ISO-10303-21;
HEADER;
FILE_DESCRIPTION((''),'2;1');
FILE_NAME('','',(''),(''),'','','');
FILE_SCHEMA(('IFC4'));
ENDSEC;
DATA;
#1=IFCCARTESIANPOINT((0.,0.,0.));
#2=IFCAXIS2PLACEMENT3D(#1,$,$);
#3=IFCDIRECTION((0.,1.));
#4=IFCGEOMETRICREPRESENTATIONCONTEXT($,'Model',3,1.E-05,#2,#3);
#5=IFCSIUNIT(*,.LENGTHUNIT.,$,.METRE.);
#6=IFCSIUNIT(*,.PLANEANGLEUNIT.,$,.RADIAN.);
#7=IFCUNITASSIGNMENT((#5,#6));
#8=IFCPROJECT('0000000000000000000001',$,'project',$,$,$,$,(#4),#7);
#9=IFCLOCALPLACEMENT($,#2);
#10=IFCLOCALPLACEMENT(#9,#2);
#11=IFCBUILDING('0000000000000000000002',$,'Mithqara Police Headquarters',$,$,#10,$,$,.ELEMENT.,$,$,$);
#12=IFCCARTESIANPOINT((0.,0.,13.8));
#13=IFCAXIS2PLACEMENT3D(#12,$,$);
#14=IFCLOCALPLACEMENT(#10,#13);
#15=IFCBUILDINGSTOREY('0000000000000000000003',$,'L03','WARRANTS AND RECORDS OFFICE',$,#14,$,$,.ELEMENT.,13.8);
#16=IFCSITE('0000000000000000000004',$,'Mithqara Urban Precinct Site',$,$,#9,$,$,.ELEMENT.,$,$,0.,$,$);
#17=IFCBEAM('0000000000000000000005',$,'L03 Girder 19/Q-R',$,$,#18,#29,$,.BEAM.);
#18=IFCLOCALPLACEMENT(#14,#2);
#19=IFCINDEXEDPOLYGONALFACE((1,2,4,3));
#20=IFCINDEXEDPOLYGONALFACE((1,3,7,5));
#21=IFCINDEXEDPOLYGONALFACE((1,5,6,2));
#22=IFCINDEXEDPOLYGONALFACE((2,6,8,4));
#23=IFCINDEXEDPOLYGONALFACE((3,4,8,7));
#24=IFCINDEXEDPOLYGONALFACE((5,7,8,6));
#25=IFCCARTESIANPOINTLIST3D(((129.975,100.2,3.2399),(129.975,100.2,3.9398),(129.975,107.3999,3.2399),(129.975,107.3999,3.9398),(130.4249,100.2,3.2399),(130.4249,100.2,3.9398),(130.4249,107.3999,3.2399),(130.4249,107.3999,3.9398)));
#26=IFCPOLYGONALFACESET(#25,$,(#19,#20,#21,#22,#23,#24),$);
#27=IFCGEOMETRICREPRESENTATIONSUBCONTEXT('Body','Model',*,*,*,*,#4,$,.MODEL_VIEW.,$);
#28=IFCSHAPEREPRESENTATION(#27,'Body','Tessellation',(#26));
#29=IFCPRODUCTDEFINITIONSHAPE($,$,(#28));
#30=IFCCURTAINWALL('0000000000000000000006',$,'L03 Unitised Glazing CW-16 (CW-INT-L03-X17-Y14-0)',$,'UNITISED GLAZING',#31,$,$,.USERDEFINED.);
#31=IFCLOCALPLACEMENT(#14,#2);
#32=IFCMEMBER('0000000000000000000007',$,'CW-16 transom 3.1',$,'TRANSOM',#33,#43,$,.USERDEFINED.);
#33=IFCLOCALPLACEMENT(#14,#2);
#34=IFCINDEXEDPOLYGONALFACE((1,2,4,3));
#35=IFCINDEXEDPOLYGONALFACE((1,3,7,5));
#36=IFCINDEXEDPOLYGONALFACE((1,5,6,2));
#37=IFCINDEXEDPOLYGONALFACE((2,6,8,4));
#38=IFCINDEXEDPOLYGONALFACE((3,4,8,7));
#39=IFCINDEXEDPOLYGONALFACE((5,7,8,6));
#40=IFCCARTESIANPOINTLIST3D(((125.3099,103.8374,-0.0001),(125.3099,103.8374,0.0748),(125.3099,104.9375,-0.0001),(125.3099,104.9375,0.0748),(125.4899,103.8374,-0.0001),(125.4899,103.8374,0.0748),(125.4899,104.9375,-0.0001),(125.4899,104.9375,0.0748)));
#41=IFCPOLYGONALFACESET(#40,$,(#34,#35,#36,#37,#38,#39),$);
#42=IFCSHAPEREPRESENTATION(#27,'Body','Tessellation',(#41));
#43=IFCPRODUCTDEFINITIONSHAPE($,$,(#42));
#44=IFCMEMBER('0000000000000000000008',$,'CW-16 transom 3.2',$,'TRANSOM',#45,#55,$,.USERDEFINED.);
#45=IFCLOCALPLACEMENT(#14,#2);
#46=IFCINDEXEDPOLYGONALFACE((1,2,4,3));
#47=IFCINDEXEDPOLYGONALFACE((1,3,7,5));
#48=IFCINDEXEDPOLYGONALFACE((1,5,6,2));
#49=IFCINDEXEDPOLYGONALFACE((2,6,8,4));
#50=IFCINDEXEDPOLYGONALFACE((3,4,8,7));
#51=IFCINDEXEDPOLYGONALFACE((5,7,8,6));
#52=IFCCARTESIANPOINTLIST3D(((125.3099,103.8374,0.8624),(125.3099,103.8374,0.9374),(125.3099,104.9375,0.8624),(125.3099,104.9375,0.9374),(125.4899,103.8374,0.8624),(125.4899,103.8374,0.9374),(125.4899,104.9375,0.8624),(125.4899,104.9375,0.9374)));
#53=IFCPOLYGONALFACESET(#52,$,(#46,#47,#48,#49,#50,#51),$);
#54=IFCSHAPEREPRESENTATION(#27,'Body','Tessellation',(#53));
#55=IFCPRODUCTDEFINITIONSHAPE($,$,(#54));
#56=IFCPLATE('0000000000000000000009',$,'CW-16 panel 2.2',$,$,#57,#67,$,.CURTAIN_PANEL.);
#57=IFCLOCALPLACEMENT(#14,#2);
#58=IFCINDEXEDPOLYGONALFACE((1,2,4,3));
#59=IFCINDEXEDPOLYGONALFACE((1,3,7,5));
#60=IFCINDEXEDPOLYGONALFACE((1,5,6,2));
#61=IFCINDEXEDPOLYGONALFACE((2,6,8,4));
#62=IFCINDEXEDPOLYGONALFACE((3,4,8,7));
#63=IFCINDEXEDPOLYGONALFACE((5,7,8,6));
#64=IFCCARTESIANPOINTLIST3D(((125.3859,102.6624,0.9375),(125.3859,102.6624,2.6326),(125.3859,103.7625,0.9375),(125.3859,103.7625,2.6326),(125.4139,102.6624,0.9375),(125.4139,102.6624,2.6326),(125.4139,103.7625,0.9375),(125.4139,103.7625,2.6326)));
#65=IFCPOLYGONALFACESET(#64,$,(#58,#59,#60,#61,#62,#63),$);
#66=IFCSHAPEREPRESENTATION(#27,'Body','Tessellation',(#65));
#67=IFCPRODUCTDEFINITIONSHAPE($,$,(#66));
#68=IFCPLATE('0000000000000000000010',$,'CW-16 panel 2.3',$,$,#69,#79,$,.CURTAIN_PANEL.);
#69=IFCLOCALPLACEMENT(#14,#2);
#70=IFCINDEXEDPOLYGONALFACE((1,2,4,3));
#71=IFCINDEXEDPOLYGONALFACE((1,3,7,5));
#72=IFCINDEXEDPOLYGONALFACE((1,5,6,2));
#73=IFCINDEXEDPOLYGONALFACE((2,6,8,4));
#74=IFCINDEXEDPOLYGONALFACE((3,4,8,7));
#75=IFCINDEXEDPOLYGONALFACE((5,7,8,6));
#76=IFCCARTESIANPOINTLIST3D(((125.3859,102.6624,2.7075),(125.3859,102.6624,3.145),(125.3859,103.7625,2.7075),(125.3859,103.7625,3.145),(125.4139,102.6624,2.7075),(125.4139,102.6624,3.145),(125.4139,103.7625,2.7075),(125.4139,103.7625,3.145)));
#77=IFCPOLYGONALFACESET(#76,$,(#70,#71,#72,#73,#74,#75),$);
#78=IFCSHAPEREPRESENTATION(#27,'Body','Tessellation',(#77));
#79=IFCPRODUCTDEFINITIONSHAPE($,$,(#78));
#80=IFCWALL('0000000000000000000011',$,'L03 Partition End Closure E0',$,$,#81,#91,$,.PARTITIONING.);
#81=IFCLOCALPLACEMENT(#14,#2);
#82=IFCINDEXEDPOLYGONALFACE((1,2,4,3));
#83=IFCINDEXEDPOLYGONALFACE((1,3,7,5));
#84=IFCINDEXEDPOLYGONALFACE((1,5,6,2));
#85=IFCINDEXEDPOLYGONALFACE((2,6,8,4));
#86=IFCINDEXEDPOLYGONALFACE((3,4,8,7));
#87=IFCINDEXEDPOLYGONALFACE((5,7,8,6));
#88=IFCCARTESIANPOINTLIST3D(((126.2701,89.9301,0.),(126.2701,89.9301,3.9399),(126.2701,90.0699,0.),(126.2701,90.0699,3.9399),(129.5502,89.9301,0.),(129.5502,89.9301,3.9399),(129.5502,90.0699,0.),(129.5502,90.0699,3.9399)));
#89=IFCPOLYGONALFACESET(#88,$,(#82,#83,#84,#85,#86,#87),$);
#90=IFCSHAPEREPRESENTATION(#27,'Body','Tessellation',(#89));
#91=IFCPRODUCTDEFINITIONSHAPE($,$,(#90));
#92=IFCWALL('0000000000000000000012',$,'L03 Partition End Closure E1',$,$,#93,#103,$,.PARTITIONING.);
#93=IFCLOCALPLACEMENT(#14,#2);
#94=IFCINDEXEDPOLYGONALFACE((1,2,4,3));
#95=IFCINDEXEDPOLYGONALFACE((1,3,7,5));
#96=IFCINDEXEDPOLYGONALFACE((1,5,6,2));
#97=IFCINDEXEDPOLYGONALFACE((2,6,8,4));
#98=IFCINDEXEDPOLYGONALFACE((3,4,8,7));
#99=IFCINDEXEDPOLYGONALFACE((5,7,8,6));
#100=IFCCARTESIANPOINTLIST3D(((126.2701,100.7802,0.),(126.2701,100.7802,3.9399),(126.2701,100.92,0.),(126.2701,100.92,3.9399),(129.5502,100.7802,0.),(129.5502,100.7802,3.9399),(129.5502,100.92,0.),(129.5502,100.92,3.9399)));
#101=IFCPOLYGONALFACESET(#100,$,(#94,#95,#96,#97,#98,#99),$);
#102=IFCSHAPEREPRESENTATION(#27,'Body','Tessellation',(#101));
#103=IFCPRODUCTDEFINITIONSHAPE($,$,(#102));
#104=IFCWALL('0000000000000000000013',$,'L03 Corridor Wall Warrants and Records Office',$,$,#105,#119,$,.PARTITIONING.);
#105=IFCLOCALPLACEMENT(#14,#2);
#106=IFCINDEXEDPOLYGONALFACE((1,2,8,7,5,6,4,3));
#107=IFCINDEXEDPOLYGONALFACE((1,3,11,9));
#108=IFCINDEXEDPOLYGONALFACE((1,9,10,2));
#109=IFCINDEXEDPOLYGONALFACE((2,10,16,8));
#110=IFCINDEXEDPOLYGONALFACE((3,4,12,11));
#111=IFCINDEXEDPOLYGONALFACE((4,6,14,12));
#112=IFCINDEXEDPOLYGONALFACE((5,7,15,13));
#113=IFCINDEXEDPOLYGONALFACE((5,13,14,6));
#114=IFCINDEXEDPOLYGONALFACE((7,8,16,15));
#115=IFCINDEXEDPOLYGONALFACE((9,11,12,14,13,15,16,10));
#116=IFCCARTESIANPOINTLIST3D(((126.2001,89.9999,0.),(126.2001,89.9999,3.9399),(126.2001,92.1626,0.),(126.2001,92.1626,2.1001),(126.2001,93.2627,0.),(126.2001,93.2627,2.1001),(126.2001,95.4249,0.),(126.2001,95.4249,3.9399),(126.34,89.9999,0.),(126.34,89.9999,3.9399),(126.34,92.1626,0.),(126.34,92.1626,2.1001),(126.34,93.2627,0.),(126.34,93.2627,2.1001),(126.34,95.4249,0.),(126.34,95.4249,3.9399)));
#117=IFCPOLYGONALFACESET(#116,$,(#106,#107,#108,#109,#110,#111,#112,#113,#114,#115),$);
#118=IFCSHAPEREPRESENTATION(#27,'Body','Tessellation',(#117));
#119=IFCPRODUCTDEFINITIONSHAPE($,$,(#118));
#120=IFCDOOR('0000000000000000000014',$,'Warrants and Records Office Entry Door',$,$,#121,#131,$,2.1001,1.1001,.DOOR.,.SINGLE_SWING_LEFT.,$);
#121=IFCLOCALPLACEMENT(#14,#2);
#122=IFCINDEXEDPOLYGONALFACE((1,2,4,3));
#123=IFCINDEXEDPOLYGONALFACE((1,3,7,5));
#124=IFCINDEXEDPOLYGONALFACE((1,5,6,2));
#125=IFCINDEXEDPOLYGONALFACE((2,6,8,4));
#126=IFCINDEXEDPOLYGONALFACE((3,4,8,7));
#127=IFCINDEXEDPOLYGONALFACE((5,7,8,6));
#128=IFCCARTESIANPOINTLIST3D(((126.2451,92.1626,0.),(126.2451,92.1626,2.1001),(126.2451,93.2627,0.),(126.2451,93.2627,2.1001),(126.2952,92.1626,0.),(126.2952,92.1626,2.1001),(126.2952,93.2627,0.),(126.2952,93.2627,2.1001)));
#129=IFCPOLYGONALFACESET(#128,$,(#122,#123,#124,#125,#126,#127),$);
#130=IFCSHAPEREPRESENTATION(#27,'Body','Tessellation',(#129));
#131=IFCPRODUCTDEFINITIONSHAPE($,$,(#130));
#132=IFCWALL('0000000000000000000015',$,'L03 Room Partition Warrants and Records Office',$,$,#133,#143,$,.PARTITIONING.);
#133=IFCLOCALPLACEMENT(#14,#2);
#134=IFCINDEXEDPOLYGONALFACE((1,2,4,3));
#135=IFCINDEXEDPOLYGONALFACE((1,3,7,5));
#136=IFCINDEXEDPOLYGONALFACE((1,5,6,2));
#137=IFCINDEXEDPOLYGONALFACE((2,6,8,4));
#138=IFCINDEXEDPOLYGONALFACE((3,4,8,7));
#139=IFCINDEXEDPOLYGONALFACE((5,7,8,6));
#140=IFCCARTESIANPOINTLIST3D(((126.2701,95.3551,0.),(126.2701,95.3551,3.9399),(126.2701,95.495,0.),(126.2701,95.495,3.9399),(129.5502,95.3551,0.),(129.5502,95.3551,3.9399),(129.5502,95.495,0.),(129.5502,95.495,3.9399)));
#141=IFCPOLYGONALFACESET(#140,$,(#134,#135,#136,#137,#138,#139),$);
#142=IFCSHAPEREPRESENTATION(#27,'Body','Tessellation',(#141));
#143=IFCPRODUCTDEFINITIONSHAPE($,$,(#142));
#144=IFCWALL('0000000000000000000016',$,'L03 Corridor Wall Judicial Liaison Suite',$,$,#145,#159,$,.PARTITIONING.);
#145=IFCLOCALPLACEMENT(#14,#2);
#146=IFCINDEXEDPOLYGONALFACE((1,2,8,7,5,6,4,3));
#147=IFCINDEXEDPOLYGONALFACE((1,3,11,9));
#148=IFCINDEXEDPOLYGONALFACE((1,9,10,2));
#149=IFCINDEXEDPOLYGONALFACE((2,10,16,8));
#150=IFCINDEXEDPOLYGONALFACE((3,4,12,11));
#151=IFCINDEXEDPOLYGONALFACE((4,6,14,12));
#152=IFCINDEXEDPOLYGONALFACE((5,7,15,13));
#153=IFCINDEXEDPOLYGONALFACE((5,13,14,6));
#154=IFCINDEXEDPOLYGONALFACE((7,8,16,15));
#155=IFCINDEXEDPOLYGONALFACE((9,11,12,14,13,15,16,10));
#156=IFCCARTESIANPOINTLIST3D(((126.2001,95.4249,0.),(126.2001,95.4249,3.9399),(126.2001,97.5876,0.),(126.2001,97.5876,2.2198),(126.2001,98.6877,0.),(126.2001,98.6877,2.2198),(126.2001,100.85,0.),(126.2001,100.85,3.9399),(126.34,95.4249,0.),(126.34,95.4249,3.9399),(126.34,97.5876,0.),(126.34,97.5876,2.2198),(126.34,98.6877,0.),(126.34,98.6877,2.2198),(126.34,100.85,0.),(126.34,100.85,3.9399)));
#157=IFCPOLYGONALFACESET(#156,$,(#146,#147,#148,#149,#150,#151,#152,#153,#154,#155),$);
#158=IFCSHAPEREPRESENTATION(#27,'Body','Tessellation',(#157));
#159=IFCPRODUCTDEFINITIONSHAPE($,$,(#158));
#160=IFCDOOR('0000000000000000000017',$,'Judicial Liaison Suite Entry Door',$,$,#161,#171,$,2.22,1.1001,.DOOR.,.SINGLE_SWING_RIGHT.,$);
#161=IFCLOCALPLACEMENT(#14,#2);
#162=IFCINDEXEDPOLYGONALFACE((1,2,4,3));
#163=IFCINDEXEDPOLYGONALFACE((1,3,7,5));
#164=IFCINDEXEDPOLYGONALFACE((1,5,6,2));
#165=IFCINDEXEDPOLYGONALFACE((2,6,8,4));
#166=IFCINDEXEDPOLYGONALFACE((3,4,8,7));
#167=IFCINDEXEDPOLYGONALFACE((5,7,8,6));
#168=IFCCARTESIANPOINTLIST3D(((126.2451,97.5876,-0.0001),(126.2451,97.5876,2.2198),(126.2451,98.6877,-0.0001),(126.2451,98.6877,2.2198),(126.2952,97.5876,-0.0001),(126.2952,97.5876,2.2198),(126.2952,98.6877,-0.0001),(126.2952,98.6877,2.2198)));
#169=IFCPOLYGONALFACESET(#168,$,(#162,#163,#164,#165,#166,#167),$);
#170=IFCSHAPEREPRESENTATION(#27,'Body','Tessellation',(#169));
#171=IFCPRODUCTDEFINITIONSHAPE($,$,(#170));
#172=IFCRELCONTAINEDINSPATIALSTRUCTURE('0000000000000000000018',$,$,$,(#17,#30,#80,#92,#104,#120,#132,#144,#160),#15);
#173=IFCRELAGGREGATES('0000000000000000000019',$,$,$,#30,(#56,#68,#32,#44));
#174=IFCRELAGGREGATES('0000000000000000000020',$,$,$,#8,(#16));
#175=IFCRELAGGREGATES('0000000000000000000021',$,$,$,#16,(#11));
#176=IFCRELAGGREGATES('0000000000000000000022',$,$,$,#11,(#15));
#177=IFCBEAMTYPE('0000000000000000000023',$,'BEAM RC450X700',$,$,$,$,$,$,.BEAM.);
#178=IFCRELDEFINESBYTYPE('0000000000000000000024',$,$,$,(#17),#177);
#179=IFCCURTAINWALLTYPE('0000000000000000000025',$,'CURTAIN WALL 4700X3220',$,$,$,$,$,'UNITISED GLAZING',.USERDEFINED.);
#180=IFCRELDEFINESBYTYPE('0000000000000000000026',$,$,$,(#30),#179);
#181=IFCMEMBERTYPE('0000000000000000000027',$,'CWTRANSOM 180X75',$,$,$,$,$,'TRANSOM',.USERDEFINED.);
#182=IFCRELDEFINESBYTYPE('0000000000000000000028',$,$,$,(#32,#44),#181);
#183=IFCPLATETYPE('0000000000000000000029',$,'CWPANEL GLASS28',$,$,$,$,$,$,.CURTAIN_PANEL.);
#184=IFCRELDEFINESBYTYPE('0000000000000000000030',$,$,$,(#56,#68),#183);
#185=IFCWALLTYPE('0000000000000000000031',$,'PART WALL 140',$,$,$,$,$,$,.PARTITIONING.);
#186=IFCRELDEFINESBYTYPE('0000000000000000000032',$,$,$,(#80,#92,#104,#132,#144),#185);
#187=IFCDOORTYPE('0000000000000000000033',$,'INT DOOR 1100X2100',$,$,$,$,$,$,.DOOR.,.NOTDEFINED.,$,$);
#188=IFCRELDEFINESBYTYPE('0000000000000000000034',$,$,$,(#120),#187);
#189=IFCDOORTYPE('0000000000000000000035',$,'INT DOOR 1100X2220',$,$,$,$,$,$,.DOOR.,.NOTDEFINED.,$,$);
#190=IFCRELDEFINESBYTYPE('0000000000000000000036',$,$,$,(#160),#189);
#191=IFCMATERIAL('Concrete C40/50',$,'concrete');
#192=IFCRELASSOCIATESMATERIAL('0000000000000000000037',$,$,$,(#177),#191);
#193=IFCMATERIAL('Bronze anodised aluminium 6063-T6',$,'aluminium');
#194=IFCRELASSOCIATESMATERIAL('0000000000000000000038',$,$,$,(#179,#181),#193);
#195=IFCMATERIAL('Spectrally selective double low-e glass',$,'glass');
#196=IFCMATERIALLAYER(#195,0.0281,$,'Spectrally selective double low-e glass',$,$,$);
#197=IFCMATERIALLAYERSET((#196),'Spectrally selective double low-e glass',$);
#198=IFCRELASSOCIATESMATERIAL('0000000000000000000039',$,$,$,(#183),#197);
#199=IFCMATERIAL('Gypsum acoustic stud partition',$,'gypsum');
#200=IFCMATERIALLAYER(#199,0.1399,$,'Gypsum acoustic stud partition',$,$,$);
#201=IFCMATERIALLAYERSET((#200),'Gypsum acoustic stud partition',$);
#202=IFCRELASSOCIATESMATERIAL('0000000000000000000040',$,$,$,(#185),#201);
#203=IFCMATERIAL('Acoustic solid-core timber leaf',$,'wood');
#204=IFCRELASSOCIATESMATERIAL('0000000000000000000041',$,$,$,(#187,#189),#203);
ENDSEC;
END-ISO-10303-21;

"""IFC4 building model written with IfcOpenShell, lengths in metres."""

from ifc_helpers import new_model, si_unit, direction, frame, frame_2d, origin, origin_2d, place, context, subcontext, project, spatial, rectangle, extrude, material, layer, layer_set, material_profile, profile_set, type_object, element, fill, aggregate, save


model = new_model("IFC4")

# Units and contexts
model_context = context("Model", 3, precision=1e-05, world=origin(), true_north=direction((0.0, 1.0)))
body_context = subcontext(model_context, "Body", "Model", "MODEL_VIEW")
ifc_project = project(units=[si_unit("LENGTHUNIT", "METRE"), si_unit("PLANEANGLEUNIT", "RADIAN")], contexts=[model_context])

# Site, building, storey
site_placement = place(None, origin())
site = spatial("IfcSite", under=ifc_project, at=site_placement, Name="Mithqara Urban Precinct Site", CompositionType="ELEMENT", RefElevation=0.0)
building_placement = place(site_placement, origin())
building = spatial("IfcBuilding", under=site, at=building_placement, Name="Mithqara Police Headquarters", CompositionType="ELEMENT")
storey_placement = place(building_placement, frame((0.0, 0.0, 13.8)))
storey = spatial("IfcBuildingStorey", under=building, at=storey_placement, Name="L03", Description="WARRANTS AND RECORDS OFFICE", CompositionType="ELEMENT", Elevation=13.8)

# Beam
ifc_material_1 = material(Name="Concrete C40/50", Category="concrete")
ifc_material_profile_1 = material_profile(ifc_material_1, rectangle(XDim=0.45, YDim=0.7, at=origin_2d()), Name="RC 450x700")
ifc_profile_set_1 = profile_set([ifc_material_profile_1], Name="Concrete C40/50")
beam_type_1 = type_object("IfcBeamType", Name="BEAM RC450X700", PredefinedType="BEAM", material=ifc_profile_set_1)
beam_1_placement = place(storey_placement, frame((130.2, 100.2, 3.5898), z_axis=(0.0, 1.0, 0.0), x_axis=(-1.0, 0.0, 0.0)))
element("IfcBeam", 1, at=beam_1_placement, inside=storey, type_object=beam_type_1, Name="L03 Girder 19/Q-R", PredefinedType="BEAM", context=body_context, shape_type="SweptSolid", body=[
    extrude(rectangle(XDim=0.45, YDim=0.7, at=origin_2d()), origin(), (0.0, 0.0, 1.0), 7.2),
])

# Curtain wall, members, plates
ifc_material_2 = material(Name="Bronze anodised aluminium 6063-T6", Category="aluminium")
curtain_wall_type = type_object("IfcCurtainWallType", Name="CURTAIN WALL 4700X3220", ElementType="UNITISED GLAZING", PredefinedType="USERDEFINED", material=ifc_material_2)
curtain_wall_placement = place(storey_placement, origin())
curtain_wall = element("IfcCurtainWall", 2, at=curtain_wall_placement, inside=storey, type_object=curtain_wall_type, Name="L03 Unitised Glazing CW-16 (CW-INT-L03-X17-Y14-0)", ObjectType="UNITISED GLAZING", PredefinedType="USERDEFINED")
ifc_material_profile_2 = material_profile(ifc_material_2, rectangle(XDim=0.1799, YDim=0.075, at=origin_2d()), Name="CWT 180x75")
ifc_profile_set_2 = profile_set([ifc_material_profile_2], Name="Bronze anodised aluminium 6063-T6")
member_type = type_object("IfcMemberType", Name="CWTRANSOM 180X75", ElementType="TRANSOM", PredefinedType="USERDEFINED", material=ifc_profile_set_2)
member_1_placement = place(storey_placement, frame((125.3999, 103.8374, 0.0374), z_axis=(0.0, 1.0, 0.0), x_axis=(-1.0, 0.0, 0.0)))
member_1 = element("IfcMember", 3, at=member_1_placement, type_object=member_type, Name="CW-16 transom 3.1", ObjectType="TRANSOM", PredefinedType="USERDEFINED", context=body_context, shape_type="SweptSolid", body=[
    extrude(rectangle(XDim=0.1799, YDim=0.075, at=origin_2d()), origin(), (0.0, 0.0, 1.0), 1.1001),
])
member_2_placement = place(storey_placement, frame((125.3999, 103.8374, 0.8999), z_axis=(0.0, 1.0, 0.0), x_axis=(-1.0, 0.0, 0.0)))
member_2 = element("IfcMember", 4, at=member_2_placement, type_object=member_type, Name="CW-16 transom 3.2", ObjectType="TRANSOM", PredefinedType="USERDEFINED", context=body_context, shape_type="SweptSolid", body=[
    extrude(rectangle(XDim=0.1799, YDim=0.075, at=origin_2d()), origin(), (0.0, 0.0, 1.0), 1.1001),
])
ifc_material_3 = material(Name="Spectrally selective double low-e glass", Category="glass")
ifc_layer_1 = layer(ifc_material_3, 0.0281, Name="Spectrally selective double low-e glass")
ifc_layer_set_1 = layer_set([ifc_layer_1], Name="Spectrally selective double low-e glass")
plate_type = type_object("IfcPlateType", Name="CWPANEL GLASS28", PredefinedType="CURTAIN_PANEL", material=ifc_layer_set_1)
plate_1_placement = place(storey_placement, frame((125.3999, 103.2124, 0.9375), z_axis=(0.0, 0.0, 1.0), x_axis=(0.0, 1.0, 0.0)))
plate_1 = element("IfcPlate", 5, at=plate_1_placement, type_object=plate_type, Name="CW-16 panel 2.2", PredefinedType="CURTAIN_PANEL", context=body_context, shape_type="SweptSolid", body=[
    extrude(rectangle(XDim=1.1001, YDim=0.0281, at=origin_2d()), origin(), (0.0, 0.0, 1.0), 1.6951),
])
plate_2_placement = place(storey_placement, frame((125.3999, 103.2124, 2.7075), z_axis=(0.0, 0.0, 1.0), x_axis=(0.0, 1.0, 0.0)))
plate_2 = element("IfcPlate", 6, at=plate_2_placement, type_object=plate_type, Name="CW-16 panel 2.3", PredefinedType="CURTAIN_PANEL", context=body_context, shape_type="SweptSolid", body=[
    extrude(rectangle(XDim=1.1001, YDim=0.0281, at=origin_2d()), origin(), (0.0, 0.0, 1.0), 0.4375),
])
aggregate(curtain_wall, [plate_1, plate_2, member_1, member_2])

# Walls
ifc_material_4 = material(Name="Gypsum acoustic stud partition", Category="gypsum")
ifc_layer_2 = layer(ifc_material_4, 0.1399, Name="Gypsum acoustic stud partition")
ifc_layer_set_2 = layer_set([ifc_layer_2], Name="Gypsum acoustic stud partition")
wall_type_1 = type_object("IfcWallType", Name="PART WALL 140", PredefinedType="PARTITIONING", material=ifc_layer_set_2)
for number, where, z_axis, x_axis, name in (
    (7, (126.27, 90.0, 0.0), (0.0, 0.0, 1.0), (1.0, 0.0, 0.0), "L03 Partition End Closure E0"),
    (8, (126.27, 100.8501, 0.0), (0.0, 0.0, 1.0), (1.0, 0.0, 0.0), "L03 Partition End Closure E1"),
):
    element("IfcWall", number, at=place(storey_placement, frame(where, z_axis=z_axis, x_axis=x_axis)), inside=storey, type_object=wall_type_1, Name=name, PredefinedType="PARTITIONING", context=body_context, shape_type="SweptSolid", body=[
        extrude(rectangle(XDim=3.28, YDim=0.1399, at=frame_2d((1.6401, 0.0))), origin(), (0.0, 0.0, 1.0), 3.9399),
    ])

# Wall, opening, door
wall_1_placement = place(storey_placement, frame((126.27, 90.0, 0.0), z_axis=(0.0, 0.0, 1.0), x_axis=(0.0, 1.0, 0.0)))
wall_1 = element("IfcWall", 9, at=wall_1_placement, inside=storey, type_object=wall_type_1, Name="L03 Corridor Wall Warrants and Records Office", PredefinedType="PARTITIONING", context=body_context, shape_type="SweptSolid", body=[
    extrude(rectangle(XDim=5.425, YDim=0.1399, at=frame_2d((2.7124, 0.0))), origin(), (0.0, 0.0, 1.0), 3.9399),
])
opening_1_placement = place(wall_1_placement, frame((2.1626, 0.0, 0.0)))
opening_1 = element("IfcOpeningElement", 10, at=opening_1_placement, cuts=wall_1, PredefinedType="OPENING", context=body_context, shape_type="SweptSolid", body=[
    extrude(rectangle(XDim=1.1001, YDim=2.1001, at=frame_2d((0.55, 1.05))), frame((0.0, 0.0801, 0.0), z_axis=(0.0, -1.0, 0.0), x_axis=(1.0, 0.0, 0.0)), (0.0, 0.0, 1.0), 0.1599),
])
ifc_material_5 = material(Name="Acoustic solid-core timber leaf", Category="wood")
door_type_1 = type_object("IfcDoorType", Name="INT DOOR 1100X2100", OperationType="NOTDEFINED", PredefinedType="DOOR", material=ifc_material_5)
door_1_placement = place(opening_1_placement, origin())
door_1 = element("IfcDoor", 11, at=door_1_placement, inside=storey, type_object=door_type_1, Name="Warrants and Records Office Entry Door", OperationType="SINGLE_SWING_LEFT", OverallHeight=2.1001, OverallWidth=1.1001, PredefinedType="DOOR", context=body_context, shape_type="SweptSolid", body=[
    extrude(rectangle(XDim=1.1001, YDim=2.1001, at=frame_2d((0.55, 1.05))), frame((0.0, 0.0249, 0.0), z_axis=(0.0, -1.0, 0.0), x_axis=(1.0, 0.0, 0.0)), (0.0, 0.0, 1.0), 0.05),
])
fill(opening_1, door_1)

# Wall
wall_2_placement = place(storey_placement, frame((126.27, 95.425, 0.0), z_axis=(0.0, 0.0, 1.0), x_axis=(1.0, 0.0, 0.0)))
element("IfcWall", 12, at=wall_2_placement, inside=storey, type_object=wall_type_1, Name="L03 Room Partition Warrants and Records Office", PredefinedType="PARTITIONING", context=body_context, shape_type="SweptSolid", body=[
    extrude(rectangle(XDim=3.28, YDim=0.1399, at=frame_2d((1.6401, 0.0))), origin(), (0.0, 0.0, 1.0), 3.9399),
])

# Wall, opening, door
wall_3_placement = place(storey_placement, frame((126.27, 95.425, 0.0), z_axis=(0.0, 0.0, 1.0), x_axis=(0.0, 1.0, 0.0)))
wall_3 = element("IfcWall", 13, at=wall_3_placement, inside=storey, type_object=wall_type_1, Name="L03 Corridor Wall Judicial Liaison Suite", PredefinedType="PARTITIONING", context=body_context, shape_type="SweptSolid", body=[
    extrude(rectangle(XDim=5.425, YDim=0.1399, at=frame_2d((2.7124, 0.0))), origin(), (0.0, 0.0, 1.0), 3.9399),
])
opening_2_placement = place(wall_3_placement, frame((2.1626, 0.0, 0.0)))
opening_2 = element("IfcOpeningElement", 14, at=opening_2_placement, cuts=wall_3, PredefinedType="OPENING", context=body_context, shape_type="SweptSolid", body=[
    extrude(rectangle(XDim=1.1001, YDim=2.22, at=frame_2d((0.55, 1.1099))), frame((0.0, 0.0801, 0.0), z_axis=(0.0, -1.0, 0.0), x_axis=(1.0, 0.0, 0.0)), (0.0, 0.0, 1.0), 0.1599),
])
door_type_2 = type_object("IfcDoorType", Name="INT DOOR 1100X2220", OperationType="NOTDEFINED", PredefinedType="DOOR", material=ifc_material_5)
door_2_placement = place(opening_2_placement, origin())
door_2 = element("IfcDoor", 15, at=door_2_placement, inside=storey, type_object=door_type_2, Name="Judicial Liaison Suite Entry Door", OperationType="SINGLE_SWING_RIGHT", OverallHeight=2.22, OverallWidth=1.1001, PredefinedType="DOOR", context=body_context, shape_type="SweptSolid", body=[
    extrude(rectangle(XDim=1.1001, YDim=2.22, at=frame_2d((0.55, 1.1099))), frame((0.0, 0.0249, 0.0), z_axis=(0.0, -1.0, 0.0), x_axis=(1.0, 0.0, 0.0)), (0.0, 0.0, 1.0), 0.05),
])
fill(opening_2, door_2)

save(model, "model.ifc")
